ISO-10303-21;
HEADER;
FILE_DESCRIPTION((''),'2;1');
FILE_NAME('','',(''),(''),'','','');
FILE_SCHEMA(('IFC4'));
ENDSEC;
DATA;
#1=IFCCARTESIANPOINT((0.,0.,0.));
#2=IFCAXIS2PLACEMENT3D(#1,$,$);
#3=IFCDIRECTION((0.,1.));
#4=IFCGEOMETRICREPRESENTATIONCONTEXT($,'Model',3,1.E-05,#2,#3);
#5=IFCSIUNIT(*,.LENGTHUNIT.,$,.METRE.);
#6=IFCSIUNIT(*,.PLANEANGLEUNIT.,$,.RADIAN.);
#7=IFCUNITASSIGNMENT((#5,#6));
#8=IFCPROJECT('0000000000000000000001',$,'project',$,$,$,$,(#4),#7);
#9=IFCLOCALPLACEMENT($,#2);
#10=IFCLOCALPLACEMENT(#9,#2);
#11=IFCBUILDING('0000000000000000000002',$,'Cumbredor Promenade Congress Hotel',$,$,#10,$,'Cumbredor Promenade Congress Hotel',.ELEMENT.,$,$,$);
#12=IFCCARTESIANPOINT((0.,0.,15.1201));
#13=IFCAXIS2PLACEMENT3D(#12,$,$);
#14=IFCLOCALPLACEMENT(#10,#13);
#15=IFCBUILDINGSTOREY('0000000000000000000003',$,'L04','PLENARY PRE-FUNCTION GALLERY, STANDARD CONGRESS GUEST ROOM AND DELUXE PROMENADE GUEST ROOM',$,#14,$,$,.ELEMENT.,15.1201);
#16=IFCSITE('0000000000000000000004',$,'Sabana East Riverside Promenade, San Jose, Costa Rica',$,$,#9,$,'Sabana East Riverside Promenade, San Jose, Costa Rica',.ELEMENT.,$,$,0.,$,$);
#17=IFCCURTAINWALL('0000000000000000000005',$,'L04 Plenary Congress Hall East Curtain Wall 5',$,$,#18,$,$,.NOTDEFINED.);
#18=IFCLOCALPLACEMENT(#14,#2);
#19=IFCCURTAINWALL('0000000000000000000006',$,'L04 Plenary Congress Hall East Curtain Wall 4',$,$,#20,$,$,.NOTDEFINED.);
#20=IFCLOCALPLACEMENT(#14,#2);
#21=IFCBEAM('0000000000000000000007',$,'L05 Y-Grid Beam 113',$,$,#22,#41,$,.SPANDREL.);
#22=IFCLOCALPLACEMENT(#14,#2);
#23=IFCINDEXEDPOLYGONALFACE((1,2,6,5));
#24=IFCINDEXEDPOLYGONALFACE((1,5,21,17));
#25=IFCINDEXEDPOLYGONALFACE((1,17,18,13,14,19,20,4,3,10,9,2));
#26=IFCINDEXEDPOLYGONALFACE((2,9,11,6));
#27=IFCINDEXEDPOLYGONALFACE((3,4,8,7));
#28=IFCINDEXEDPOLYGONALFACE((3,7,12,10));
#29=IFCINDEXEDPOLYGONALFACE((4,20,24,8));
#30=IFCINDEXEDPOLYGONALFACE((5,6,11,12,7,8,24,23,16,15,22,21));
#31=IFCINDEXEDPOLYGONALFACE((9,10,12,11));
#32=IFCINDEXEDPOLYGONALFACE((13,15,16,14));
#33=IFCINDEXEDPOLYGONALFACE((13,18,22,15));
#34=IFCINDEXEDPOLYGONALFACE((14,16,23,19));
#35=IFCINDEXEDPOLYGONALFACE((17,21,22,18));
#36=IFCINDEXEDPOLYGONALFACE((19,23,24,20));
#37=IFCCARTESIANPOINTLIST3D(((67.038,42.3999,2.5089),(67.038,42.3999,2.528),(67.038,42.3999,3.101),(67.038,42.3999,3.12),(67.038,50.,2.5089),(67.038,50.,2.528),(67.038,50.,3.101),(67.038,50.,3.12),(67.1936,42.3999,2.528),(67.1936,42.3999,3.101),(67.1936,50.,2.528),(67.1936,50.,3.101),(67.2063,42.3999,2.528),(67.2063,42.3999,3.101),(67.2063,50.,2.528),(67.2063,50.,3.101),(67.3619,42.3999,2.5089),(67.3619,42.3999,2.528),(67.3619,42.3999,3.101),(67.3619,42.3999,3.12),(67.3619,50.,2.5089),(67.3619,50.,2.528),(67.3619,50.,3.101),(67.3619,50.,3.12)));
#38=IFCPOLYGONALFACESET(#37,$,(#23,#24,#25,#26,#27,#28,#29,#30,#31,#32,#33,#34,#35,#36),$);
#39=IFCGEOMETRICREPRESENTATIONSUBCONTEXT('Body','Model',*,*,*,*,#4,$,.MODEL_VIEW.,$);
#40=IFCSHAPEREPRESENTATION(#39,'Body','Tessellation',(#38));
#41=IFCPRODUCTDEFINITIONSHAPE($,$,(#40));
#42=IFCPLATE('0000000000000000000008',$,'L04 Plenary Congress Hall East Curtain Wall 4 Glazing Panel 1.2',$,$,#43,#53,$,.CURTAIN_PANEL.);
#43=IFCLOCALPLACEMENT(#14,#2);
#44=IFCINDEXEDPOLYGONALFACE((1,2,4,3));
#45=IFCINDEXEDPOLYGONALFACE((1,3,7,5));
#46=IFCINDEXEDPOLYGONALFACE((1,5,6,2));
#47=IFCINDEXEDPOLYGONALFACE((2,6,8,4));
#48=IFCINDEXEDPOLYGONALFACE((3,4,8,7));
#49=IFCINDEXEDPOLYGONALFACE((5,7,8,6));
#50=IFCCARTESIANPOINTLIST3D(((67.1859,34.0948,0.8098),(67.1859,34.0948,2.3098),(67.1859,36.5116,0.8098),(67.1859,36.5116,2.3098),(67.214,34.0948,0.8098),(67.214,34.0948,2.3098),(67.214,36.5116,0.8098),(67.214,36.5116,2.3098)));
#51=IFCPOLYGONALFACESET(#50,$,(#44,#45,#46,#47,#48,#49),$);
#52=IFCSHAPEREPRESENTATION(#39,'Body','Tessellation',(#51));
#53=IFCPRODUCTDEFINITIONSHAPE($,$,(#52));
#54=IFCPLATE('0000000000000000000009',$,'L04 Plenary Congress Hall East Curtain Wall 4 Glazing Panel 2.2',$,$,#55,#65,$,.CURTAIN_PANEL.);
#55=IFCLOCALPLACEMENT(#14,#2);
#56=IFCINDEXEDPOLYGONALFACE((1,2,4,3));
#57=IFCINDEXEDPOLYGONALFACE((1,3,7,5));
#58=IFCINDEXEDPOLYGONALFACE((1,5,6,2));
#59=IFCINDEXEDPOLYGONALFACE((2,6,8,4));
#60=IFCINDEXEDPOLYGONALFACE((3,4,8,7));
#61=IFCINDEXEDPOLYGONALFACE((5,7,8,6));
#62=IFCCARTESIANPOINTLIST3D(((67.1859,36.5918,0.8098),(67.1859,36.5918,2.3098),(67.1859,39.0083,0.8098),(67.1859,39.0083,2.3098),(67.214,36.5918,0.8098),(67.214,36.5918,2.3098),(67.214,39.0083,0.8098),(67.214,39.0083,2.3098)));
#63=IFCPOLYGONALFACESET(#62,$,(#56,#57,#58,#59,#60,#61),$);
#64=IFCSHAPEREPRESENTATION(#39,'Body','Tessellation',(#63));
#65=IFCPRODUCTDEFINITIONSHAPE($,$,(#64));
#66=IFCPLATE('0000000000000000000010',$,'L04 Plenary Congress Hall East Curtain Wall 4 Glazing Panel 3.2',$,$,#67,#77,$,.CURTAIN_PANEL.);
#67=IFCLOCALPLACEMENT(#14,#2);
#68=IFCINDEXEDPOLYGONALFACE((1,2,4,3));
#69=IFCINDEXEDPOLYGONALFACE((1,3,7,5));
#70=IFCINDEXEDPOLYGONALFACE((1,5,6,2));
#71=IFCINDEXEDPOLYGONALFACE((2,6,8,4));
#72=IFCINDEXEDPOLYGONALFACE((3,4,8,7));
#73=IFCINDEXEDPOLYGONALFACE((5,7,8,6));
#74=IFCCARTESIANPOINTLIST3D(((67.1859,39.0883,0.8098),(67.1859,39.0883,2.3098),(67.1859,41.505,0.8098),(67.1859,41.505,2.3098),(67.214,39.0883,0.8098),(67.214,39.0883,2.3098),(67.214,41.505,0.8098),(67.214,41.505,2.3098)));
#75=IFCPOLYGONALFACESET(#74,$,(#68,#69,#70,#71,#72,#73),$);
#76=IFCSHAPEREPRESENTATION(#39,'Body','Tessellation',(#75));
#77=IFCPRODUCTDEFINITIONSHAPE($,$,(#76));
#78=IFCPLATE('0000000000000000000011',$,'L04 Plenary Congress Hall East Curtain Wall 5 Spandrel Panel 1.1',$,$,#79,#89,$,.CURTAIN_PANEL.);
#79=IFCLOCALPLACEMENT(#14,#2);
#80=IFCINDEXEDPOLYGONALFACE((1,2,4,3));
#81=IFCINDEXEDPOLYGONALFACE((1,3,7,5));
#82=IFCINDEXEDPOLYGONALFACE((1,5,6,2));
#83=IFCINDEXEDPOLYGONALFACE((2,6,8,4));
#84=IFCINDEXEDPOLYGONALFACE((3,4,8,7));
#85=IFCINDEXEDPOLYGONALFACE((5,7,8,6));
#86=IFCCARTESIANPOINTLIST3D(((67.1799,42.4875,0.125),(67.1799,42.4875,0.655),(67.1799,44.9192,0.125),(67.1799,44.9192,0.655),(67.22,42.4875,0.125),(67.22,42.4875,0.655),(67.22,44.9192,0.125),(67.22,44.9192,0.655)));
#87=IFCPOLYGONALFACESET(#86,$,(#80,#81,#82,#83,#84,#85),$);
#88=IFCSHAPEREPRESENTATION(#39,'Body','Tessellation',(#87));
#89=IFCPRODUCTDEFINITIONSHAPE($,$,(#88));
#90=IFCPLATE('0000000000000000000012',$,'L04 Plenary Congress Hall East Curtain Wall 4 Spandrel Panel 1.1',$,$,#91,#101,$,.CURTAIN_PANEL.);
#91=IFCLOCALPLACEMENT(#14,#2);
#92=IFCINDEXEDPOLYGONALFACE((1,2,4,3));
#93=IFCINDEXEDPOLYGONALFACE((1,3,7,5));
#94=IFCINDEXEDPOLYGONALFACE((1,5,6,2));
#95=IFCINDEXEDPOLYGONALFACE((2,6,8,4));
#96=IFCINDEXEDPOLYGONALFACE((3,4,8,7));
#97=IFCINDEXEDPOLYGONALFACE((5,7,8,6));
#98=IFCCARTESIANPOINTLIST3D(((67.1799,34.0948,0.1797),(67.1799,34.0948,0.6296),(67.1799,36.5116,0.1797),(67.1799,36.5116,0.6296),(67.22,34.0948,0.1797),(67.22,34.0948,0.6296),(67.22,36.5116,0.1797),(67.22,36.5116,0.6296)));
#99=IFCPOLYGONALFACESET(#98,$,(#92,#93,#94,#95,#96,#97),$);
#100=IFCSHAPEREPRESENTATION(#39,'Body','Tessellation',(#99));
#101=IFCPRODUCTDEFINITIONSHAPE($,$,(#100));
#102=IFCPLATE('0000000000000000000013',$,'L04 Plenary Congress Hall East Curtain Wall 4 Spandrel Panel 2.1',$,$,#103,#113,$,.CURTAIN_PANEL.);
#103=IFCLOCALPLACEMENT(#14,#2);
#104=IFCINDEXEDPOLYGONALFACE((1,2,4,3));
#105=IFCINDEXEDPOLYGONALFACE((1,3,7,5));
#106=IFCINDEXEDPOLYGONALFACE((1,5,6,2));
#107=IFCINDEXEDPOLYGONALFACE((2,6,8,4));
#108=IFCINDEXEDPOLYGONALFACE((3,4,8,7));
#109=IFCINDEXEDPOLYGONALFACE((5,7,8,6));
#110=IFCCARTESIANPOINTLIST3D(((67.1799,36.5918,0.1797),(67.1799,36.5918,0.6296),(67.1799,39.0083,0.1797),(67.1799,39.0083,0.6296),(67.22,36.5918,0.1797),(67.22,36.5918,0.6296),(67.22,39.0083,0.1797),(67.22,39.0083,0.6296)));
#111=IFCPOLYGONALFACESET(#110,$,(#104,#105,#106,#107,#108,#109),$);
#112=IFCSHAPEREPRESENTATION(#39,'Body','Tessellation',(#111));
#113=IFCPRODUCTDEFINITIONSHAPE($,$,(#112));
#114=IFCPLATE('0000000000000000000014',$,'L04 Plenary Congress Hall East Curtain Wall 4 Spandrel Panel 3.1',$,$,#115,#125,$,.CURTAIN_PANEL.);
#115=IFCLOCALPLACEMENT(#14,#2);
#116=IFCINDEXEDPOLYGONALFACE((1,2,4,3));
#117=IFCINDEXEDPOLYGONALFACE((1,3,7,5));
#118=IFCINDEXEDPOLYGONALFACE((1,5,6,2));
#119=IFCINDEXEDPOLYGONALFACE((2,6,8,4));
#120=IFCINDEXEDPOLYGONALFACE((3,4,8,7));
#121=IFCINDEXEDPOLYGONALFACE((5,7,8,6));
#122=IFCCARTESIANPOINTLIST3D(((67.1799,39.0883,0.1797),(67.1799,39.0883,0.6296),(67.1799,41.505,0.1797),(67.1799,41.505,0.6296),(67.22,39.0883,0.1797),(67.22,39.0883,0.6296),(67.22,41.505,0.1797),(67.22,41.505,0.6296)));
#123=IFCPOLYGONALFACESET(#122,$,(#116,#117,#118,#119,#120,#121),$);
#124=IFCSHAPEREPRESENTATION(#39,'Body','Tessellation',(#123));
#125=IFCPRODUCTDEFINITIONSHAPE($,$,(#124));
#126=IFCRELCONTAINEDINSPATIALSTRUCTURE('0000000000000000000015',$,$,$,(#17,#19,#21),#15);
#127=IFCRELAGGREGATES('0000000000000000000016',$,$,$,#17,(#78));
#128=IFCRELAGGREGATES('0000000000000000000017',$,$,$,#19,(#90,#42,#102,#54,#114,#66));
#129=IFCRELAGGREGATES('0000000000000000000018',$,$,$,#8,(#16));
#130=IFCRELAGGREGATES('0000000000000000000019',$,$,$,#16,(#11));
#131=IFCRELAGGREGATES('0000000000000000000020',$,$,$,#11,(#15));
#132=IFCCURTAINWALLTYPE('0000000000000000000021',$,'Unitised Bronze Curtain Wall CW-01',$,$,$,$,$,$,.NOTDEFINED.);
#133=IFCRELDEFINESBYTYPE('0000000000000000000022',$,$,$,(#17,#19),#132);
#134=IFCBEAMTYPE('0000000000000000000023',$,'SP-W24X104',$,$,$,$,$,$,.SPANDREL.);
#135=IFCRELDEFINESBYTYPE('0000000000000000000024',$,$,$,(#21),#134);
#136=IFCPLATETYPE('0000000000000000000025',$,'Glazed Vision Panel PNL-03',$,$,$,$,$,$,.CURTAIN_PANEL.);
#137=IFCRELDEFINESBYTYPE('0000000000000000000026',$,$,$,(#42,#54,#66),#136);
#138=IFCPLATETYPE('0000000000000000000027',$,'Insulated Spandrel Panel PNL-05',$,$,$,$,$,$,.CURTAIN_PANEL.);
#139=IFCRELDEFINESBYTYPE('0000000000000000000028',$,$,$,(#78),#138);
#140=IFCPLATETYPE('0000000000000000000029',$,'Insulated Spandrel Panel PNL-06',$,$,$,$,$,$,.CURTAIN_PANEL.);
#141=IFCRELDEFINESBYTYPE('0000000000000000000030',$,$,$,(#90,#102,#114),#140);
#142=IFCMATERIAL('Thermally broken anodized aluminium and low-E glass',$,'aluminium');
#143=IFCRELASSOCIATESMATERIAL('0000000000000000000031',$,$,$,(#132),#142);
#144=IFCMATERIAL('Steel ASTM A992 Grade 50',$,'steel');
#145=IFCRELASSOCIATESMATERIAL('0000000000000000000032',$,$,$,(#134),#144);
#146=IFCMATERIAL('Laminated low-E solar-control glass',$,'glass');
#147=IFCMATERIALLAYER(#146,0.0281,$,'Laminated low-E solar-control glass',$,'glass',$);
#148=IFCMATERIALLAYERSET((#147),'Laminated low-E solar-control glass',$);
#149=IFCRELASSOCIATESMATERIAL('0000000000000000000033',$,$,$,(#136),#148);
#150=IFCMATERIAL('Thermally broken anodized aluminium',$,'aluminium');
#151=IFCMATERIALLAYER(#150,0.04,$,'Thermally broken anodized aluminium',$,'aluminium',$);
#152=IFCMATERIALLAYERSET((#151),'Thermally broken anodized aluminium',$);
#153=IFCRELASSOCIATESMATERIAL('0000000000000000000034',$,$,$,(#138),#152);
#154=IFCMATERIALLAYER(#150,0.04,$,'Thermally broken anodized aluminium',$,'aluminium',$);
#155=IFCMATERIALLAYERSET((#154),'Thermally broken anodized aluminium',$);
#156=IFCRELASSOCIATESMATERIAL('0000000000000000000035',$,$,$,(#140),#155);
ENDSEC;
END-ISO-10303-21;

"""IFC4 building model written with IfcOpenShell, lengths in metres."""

from ifc_helpers import new_model, si_unit, direction, frame, origin, origin_2d, place, context, subcontext, project, spatial, rectangle, i_section, extrude, material, layer, layer_set, material_profile, profile_set, type_object, element, aggregate, save


model = new_model("IFC4")

# Units and contexts
model_context = context("Model", 3, precision=1e-05, world=origin(), true_north=direction((0.0, 1.0)))
body_context = subcontext(model_context, "Body", "Model", "MODEL_VIEW")
ifc_project = project(units=[si_unit("LENGTHUNIT", "METRE"), si_unit("PLANEANGLEUNIT", "RADIAN")], contexts=[model_context])

# Site, building, storey
site_placement = place(None, origin())
site = spatial("IfcSite", under=ifc_project, at=site_placement, Name="Sabana East Riverside Promenade, San Jose, Costa Rica", LongName="Sabana East Riverside Promenade, San Jose, Costa Rica", CompositionType="ELEMENT", RefElevation=0.0)
building_placement = place(site_placement, origin())
building = spatial("IfcBuilding", under=site, at=building_placement, Name="Cumbredor Promenade Congress Hotel", LongName="Cumbredor Promenade Congress Hotel", CompositionType="ELEMENT")
storey_placement = place(building_placement, frame((0.0, 0.0, 15.1201)))
storey = spatial("IfcBuildingStorey", under=building, at=storey_placement, Name="L04", Description="PLENARY PRE-FUNCTION GALLERY, STANDARD CONGRESS GUEST ROOM AND DELUXE PROMENADE GUEST ROOM", CompositionType="ELEMENT", Elevation=15.1201)

# Curtain wall
ifc_material_1 = material(Name="Thermally broken anodized aluminium and low-E glass", Category="aluminium")
curtain_wall_type = type_object("IfcCurtainWallType", Name="Unitised Bronze Curtain Wall CW-01", PredefinedType="NOTDEFINED", material=ifc_material_1)
curtain_wall_1_placement = place(storey_placement, origin())
curtain_wall_1 = element("IfcCurtainWall", 1, at=curtain_wall_1_placement, inside=storey, type_object=curtain_wall_type, Name="L04 Plenary Congress Hall East Curtain Wall 5", PredefinedType="NOTDEFINED")
ifc_material_2 = material(Name="Thermally broken anodized aluminium", Category="aluminium")

# Curtain wall
curtain_wall_2_placement = place(storey_placement, origin())
curtain_wall_2 = element("IfcCurtainWall", 2, at=curtain_wall_2_placement, inside=storey, type_object=curtain_wall_type, Name="L04 Plenary Congress Hall East Curtain Wall 4", PredefinedType="NOTDEFINED")

# Beam
ifc_material_3 = material(Name="Steel ASTM A992 Grade 50", Category="steel")
ifc_material_profile_1 = material_profile(ifc_material_3, i_section(OverallWidth=0.324, OverallDepth=0.6111, WebThickness=0.0127, FlangeThickness=0.019, at=origin_2d()), Name="W24X104")
ifc_profile_set_1 = profile_set([ifc_material_profile_1], Name="Steel ASTM A992 Grade 50")
beam_type_1 = type_object("IfcBeamType", Name="SP-W24X104", PredefinedType="SPANDREL", material=ifc_profile_set_1)
for number, where, z_axis, x_axis, name in (
    (3, (67.2, 42.3999, 2.8145), (0.0, 1.0, 0.0), (-1.0, 0.0, 0.0), "L05 Y-Grid Beam 113"),
):
    element("IfcBeam", number, at=place(storey_placement, frame(where, z_axis=z_axis, x_axis=x_axis)), inside=storey, type_object=beam_type_1, Name=name, PredefinedType="SPANDREL", context=body_context, shape_type="SweptSolid", body=[
        extrude(i_section(OverallWidth=0.324, OverallDepth=0.6111, WebThickness=0.0127, FlangeThickness=0.019, at=origin_2d()), origin(), (0.0, 0.0, 1.0), 7.6001),
    ])

# Plates
ifc_material_4 = material(Name="Laminated low-E solar-control glass", Category="glass")
ifc_layer_1 = layer(ifc_material_4, 0.0281, Name="Laminated low-E solar-control glass", Category="glass")
ifc_layer_set_1 = layer_set([ifc_layer_1], Name="Laminated low-E solar-control glass")
plate_type_1 = type_object("IfcPlateType", Name="Glazed Vision Panel PNL-03", PredefinedType="CURTAIN_PANEL", material=ifc_layer_set_1)
plate_1_placement = place(storey_placement, frame((67.2, 35.3032, 0.8098), z_axis=(0.0, 0.0, 1.0), x_axis=(0.0, 1.0, 0.0)))
plate_1 = element("IfcPlate", 4, at=plate_1_placement, type_object=plate_type_1, Name="L04 Plenary Congress Hall East Curtain Wall 4 Glazing Panel 1.2", PredefinedType="CURTAIN_PANEL", context=body_context, shape_type="SweptSolid", body=[
    extrude(rectangle(XDim=2.4167, YDim=0.0281, at=origin_2d()), origin(), (0.0, 0.0, 1.0), 1.5),
])
plate_2_placement = place(storey_placement, frame((67.2, 37.8, 0.8098), z_axis=(0.0, 0.0, 1.0), x_axis=(0.0, 1.0, 0.0)))
plate_2 = element("IfcPlate", 5, at=plate_2_placement, type_object=plate_type_1, Name="L04 Plenary Congress Hall East Curtain Wall 4 Glazing Panel 2.2", PredefinedType="CURTAIN_PANEL", context=body_context, shape_type="SweptSolid", body=[
    extrude(rectangle(XDim=2.4165, YDim=0.0281, at=origin_2d()), origin(), (0.0, 0.0, 1.0), 1.5),
])
plate_3_placement = place(storey_placement, frame((67.2, 40.2966, 0.8098), z_axis=(0.0, 0.0, 1.0), x_axis=(0.0, 1.0, 0.0)))
plate_3 = element("IfcPlate", 6, at=plate_3_placement, type_object=plate_type_1, Name="L04 Plenary Congress Hall East Curtain Wall 4 Glazing Panel 3.2", PredefinedType="CURTAIN_PANEL", context=body_context, shape_type="SweptSolid", body=[
    extrude(rectangle(XDim=2.4167, YDim=0.0281, at=origin_2d()), origin(), (0.0, 0.0, 1.0), 1.5),
])
ifc_layer_2 = layer(ifc_material_2, 0.04, Name="Thermally broken anodized aluminium", Category="aluminium")
ifc_layer_set_2 = layer_set([ifc_layer_2], Name="Thermally broken anodized aluminium")
plate_type_2 = type_object("IfcPlateType", Name="Insulated Spandrel Panel PNL-05", PredefinedType="CURTAIN_PANEL", material=ifc_layer_set_2)
plate_4_placement = place(storey_placement, frame((67.2, 43.7034, 0.125), z_axis=(0.0, 0.0, 1.0), x_axis=(0.0, 1.0, 0.0)))
plate_4 = element("IfcPlate", 7, at=plate_4_placement, type_object=plate_type_2, Name="L04 Plenary Congress Hall East Curtain Wall 5 Spandrel Panel 1.1", PredefinedType="CURTAIN_PANEL", context=body_context, shape_type="SweptSolid", body=[
    extrude(rectangle(XDim=2.4316, YDim=0.04, at=origin_2d()), origin(), (0.0, 0.0, 1.0), 0.53),
])
aggregate(curtain_wall_1, [plate_4])
ifc_layer_3 = layer(ifc_material_2, 0.04, Name="Thermally broken anodized aluminium", Category="aluminium")
ifc_layer_set_3 = layer_set([ifc_layer_3], Name="Thermally broken anodized aluminium")
plate_type_3 = type_object("IfcPlateType", Name="Insulated Spandrel Panel PNL-06", PredefinedType="CURTAIN_PANEL", material=ifc_layer_set_3)
plate_5_placement = place(storey_placement, frame((67.2, 35.3032, 0.1797), z_axis=(0.0, 0.0, 1.0), x_axis=(0.0, 1.0, 0.0)))
plate_5 = element("IfcPlate", 8, at=plate_5_placement, type_object=plate_type_3, Name="L04 Plenary Congress Hall East Curtain Wall 4 Spandrel Panel 1.1", PredefinedType="CURTAIN_PANEL", context=body_context, shape_type="SweptSolid", body=[
    extrude(rectangle(XDim=2.4167, YDim=0.04, at=origin_2d()), origin(), (0.0, 0.0, 1.0), 0.45),
])
plate_6_placement = place(storey_placement, frame((67.2, 37.8, 0.1797), z_axis=(0.0, 0.0, 1.0), x_axis=(0.0, 1.0, 0.0)))
plate_6 = element("IfcPlate", 9, at=plate_6_placement, type_object=plate_type_3, Name="L04 Plenary Congress Hall East Curtain Wall 4 Spandrel Panel 2.1", PredefinedType="CURTAIN_PANEL", context=body_context, shape_type="SweptSolid", body=[
    extrude(rectangle(XDim=2.4165, YDim=0.04, at=origin_2d()), origin(), (0.0, 0.0, 1.0), 0.45),
])
plate_7_placement = place(storey_placement, frame((67.2, 40.2966, 0.1797), z_axis=(0.0, 0.0, 1.0), x_axis=(0.0, 1.0, 0.0)))
plate_7 = element("IfcPlate", 10, at=plate_7_placement, type_object=plate_type_3, Name="L04 Plenary Congress Hall East Curtain Wall 4 Spandrel Panel 3.1", PredefinedType="CURTAIN_PANEL", context=body_context, shape_type="SweptSolid", body=[
    extrude(rectangle(XDim=2.4167, YDim=0.04, at=origin_2d()), origin(), (0.0, 0.0, 1.0), 0.45),
])
aggregate(curtain_wall_2, [plate_5, plate_1, plate_6, plate_2, plate_7, plate_3])

save(model, "model.ifc")
